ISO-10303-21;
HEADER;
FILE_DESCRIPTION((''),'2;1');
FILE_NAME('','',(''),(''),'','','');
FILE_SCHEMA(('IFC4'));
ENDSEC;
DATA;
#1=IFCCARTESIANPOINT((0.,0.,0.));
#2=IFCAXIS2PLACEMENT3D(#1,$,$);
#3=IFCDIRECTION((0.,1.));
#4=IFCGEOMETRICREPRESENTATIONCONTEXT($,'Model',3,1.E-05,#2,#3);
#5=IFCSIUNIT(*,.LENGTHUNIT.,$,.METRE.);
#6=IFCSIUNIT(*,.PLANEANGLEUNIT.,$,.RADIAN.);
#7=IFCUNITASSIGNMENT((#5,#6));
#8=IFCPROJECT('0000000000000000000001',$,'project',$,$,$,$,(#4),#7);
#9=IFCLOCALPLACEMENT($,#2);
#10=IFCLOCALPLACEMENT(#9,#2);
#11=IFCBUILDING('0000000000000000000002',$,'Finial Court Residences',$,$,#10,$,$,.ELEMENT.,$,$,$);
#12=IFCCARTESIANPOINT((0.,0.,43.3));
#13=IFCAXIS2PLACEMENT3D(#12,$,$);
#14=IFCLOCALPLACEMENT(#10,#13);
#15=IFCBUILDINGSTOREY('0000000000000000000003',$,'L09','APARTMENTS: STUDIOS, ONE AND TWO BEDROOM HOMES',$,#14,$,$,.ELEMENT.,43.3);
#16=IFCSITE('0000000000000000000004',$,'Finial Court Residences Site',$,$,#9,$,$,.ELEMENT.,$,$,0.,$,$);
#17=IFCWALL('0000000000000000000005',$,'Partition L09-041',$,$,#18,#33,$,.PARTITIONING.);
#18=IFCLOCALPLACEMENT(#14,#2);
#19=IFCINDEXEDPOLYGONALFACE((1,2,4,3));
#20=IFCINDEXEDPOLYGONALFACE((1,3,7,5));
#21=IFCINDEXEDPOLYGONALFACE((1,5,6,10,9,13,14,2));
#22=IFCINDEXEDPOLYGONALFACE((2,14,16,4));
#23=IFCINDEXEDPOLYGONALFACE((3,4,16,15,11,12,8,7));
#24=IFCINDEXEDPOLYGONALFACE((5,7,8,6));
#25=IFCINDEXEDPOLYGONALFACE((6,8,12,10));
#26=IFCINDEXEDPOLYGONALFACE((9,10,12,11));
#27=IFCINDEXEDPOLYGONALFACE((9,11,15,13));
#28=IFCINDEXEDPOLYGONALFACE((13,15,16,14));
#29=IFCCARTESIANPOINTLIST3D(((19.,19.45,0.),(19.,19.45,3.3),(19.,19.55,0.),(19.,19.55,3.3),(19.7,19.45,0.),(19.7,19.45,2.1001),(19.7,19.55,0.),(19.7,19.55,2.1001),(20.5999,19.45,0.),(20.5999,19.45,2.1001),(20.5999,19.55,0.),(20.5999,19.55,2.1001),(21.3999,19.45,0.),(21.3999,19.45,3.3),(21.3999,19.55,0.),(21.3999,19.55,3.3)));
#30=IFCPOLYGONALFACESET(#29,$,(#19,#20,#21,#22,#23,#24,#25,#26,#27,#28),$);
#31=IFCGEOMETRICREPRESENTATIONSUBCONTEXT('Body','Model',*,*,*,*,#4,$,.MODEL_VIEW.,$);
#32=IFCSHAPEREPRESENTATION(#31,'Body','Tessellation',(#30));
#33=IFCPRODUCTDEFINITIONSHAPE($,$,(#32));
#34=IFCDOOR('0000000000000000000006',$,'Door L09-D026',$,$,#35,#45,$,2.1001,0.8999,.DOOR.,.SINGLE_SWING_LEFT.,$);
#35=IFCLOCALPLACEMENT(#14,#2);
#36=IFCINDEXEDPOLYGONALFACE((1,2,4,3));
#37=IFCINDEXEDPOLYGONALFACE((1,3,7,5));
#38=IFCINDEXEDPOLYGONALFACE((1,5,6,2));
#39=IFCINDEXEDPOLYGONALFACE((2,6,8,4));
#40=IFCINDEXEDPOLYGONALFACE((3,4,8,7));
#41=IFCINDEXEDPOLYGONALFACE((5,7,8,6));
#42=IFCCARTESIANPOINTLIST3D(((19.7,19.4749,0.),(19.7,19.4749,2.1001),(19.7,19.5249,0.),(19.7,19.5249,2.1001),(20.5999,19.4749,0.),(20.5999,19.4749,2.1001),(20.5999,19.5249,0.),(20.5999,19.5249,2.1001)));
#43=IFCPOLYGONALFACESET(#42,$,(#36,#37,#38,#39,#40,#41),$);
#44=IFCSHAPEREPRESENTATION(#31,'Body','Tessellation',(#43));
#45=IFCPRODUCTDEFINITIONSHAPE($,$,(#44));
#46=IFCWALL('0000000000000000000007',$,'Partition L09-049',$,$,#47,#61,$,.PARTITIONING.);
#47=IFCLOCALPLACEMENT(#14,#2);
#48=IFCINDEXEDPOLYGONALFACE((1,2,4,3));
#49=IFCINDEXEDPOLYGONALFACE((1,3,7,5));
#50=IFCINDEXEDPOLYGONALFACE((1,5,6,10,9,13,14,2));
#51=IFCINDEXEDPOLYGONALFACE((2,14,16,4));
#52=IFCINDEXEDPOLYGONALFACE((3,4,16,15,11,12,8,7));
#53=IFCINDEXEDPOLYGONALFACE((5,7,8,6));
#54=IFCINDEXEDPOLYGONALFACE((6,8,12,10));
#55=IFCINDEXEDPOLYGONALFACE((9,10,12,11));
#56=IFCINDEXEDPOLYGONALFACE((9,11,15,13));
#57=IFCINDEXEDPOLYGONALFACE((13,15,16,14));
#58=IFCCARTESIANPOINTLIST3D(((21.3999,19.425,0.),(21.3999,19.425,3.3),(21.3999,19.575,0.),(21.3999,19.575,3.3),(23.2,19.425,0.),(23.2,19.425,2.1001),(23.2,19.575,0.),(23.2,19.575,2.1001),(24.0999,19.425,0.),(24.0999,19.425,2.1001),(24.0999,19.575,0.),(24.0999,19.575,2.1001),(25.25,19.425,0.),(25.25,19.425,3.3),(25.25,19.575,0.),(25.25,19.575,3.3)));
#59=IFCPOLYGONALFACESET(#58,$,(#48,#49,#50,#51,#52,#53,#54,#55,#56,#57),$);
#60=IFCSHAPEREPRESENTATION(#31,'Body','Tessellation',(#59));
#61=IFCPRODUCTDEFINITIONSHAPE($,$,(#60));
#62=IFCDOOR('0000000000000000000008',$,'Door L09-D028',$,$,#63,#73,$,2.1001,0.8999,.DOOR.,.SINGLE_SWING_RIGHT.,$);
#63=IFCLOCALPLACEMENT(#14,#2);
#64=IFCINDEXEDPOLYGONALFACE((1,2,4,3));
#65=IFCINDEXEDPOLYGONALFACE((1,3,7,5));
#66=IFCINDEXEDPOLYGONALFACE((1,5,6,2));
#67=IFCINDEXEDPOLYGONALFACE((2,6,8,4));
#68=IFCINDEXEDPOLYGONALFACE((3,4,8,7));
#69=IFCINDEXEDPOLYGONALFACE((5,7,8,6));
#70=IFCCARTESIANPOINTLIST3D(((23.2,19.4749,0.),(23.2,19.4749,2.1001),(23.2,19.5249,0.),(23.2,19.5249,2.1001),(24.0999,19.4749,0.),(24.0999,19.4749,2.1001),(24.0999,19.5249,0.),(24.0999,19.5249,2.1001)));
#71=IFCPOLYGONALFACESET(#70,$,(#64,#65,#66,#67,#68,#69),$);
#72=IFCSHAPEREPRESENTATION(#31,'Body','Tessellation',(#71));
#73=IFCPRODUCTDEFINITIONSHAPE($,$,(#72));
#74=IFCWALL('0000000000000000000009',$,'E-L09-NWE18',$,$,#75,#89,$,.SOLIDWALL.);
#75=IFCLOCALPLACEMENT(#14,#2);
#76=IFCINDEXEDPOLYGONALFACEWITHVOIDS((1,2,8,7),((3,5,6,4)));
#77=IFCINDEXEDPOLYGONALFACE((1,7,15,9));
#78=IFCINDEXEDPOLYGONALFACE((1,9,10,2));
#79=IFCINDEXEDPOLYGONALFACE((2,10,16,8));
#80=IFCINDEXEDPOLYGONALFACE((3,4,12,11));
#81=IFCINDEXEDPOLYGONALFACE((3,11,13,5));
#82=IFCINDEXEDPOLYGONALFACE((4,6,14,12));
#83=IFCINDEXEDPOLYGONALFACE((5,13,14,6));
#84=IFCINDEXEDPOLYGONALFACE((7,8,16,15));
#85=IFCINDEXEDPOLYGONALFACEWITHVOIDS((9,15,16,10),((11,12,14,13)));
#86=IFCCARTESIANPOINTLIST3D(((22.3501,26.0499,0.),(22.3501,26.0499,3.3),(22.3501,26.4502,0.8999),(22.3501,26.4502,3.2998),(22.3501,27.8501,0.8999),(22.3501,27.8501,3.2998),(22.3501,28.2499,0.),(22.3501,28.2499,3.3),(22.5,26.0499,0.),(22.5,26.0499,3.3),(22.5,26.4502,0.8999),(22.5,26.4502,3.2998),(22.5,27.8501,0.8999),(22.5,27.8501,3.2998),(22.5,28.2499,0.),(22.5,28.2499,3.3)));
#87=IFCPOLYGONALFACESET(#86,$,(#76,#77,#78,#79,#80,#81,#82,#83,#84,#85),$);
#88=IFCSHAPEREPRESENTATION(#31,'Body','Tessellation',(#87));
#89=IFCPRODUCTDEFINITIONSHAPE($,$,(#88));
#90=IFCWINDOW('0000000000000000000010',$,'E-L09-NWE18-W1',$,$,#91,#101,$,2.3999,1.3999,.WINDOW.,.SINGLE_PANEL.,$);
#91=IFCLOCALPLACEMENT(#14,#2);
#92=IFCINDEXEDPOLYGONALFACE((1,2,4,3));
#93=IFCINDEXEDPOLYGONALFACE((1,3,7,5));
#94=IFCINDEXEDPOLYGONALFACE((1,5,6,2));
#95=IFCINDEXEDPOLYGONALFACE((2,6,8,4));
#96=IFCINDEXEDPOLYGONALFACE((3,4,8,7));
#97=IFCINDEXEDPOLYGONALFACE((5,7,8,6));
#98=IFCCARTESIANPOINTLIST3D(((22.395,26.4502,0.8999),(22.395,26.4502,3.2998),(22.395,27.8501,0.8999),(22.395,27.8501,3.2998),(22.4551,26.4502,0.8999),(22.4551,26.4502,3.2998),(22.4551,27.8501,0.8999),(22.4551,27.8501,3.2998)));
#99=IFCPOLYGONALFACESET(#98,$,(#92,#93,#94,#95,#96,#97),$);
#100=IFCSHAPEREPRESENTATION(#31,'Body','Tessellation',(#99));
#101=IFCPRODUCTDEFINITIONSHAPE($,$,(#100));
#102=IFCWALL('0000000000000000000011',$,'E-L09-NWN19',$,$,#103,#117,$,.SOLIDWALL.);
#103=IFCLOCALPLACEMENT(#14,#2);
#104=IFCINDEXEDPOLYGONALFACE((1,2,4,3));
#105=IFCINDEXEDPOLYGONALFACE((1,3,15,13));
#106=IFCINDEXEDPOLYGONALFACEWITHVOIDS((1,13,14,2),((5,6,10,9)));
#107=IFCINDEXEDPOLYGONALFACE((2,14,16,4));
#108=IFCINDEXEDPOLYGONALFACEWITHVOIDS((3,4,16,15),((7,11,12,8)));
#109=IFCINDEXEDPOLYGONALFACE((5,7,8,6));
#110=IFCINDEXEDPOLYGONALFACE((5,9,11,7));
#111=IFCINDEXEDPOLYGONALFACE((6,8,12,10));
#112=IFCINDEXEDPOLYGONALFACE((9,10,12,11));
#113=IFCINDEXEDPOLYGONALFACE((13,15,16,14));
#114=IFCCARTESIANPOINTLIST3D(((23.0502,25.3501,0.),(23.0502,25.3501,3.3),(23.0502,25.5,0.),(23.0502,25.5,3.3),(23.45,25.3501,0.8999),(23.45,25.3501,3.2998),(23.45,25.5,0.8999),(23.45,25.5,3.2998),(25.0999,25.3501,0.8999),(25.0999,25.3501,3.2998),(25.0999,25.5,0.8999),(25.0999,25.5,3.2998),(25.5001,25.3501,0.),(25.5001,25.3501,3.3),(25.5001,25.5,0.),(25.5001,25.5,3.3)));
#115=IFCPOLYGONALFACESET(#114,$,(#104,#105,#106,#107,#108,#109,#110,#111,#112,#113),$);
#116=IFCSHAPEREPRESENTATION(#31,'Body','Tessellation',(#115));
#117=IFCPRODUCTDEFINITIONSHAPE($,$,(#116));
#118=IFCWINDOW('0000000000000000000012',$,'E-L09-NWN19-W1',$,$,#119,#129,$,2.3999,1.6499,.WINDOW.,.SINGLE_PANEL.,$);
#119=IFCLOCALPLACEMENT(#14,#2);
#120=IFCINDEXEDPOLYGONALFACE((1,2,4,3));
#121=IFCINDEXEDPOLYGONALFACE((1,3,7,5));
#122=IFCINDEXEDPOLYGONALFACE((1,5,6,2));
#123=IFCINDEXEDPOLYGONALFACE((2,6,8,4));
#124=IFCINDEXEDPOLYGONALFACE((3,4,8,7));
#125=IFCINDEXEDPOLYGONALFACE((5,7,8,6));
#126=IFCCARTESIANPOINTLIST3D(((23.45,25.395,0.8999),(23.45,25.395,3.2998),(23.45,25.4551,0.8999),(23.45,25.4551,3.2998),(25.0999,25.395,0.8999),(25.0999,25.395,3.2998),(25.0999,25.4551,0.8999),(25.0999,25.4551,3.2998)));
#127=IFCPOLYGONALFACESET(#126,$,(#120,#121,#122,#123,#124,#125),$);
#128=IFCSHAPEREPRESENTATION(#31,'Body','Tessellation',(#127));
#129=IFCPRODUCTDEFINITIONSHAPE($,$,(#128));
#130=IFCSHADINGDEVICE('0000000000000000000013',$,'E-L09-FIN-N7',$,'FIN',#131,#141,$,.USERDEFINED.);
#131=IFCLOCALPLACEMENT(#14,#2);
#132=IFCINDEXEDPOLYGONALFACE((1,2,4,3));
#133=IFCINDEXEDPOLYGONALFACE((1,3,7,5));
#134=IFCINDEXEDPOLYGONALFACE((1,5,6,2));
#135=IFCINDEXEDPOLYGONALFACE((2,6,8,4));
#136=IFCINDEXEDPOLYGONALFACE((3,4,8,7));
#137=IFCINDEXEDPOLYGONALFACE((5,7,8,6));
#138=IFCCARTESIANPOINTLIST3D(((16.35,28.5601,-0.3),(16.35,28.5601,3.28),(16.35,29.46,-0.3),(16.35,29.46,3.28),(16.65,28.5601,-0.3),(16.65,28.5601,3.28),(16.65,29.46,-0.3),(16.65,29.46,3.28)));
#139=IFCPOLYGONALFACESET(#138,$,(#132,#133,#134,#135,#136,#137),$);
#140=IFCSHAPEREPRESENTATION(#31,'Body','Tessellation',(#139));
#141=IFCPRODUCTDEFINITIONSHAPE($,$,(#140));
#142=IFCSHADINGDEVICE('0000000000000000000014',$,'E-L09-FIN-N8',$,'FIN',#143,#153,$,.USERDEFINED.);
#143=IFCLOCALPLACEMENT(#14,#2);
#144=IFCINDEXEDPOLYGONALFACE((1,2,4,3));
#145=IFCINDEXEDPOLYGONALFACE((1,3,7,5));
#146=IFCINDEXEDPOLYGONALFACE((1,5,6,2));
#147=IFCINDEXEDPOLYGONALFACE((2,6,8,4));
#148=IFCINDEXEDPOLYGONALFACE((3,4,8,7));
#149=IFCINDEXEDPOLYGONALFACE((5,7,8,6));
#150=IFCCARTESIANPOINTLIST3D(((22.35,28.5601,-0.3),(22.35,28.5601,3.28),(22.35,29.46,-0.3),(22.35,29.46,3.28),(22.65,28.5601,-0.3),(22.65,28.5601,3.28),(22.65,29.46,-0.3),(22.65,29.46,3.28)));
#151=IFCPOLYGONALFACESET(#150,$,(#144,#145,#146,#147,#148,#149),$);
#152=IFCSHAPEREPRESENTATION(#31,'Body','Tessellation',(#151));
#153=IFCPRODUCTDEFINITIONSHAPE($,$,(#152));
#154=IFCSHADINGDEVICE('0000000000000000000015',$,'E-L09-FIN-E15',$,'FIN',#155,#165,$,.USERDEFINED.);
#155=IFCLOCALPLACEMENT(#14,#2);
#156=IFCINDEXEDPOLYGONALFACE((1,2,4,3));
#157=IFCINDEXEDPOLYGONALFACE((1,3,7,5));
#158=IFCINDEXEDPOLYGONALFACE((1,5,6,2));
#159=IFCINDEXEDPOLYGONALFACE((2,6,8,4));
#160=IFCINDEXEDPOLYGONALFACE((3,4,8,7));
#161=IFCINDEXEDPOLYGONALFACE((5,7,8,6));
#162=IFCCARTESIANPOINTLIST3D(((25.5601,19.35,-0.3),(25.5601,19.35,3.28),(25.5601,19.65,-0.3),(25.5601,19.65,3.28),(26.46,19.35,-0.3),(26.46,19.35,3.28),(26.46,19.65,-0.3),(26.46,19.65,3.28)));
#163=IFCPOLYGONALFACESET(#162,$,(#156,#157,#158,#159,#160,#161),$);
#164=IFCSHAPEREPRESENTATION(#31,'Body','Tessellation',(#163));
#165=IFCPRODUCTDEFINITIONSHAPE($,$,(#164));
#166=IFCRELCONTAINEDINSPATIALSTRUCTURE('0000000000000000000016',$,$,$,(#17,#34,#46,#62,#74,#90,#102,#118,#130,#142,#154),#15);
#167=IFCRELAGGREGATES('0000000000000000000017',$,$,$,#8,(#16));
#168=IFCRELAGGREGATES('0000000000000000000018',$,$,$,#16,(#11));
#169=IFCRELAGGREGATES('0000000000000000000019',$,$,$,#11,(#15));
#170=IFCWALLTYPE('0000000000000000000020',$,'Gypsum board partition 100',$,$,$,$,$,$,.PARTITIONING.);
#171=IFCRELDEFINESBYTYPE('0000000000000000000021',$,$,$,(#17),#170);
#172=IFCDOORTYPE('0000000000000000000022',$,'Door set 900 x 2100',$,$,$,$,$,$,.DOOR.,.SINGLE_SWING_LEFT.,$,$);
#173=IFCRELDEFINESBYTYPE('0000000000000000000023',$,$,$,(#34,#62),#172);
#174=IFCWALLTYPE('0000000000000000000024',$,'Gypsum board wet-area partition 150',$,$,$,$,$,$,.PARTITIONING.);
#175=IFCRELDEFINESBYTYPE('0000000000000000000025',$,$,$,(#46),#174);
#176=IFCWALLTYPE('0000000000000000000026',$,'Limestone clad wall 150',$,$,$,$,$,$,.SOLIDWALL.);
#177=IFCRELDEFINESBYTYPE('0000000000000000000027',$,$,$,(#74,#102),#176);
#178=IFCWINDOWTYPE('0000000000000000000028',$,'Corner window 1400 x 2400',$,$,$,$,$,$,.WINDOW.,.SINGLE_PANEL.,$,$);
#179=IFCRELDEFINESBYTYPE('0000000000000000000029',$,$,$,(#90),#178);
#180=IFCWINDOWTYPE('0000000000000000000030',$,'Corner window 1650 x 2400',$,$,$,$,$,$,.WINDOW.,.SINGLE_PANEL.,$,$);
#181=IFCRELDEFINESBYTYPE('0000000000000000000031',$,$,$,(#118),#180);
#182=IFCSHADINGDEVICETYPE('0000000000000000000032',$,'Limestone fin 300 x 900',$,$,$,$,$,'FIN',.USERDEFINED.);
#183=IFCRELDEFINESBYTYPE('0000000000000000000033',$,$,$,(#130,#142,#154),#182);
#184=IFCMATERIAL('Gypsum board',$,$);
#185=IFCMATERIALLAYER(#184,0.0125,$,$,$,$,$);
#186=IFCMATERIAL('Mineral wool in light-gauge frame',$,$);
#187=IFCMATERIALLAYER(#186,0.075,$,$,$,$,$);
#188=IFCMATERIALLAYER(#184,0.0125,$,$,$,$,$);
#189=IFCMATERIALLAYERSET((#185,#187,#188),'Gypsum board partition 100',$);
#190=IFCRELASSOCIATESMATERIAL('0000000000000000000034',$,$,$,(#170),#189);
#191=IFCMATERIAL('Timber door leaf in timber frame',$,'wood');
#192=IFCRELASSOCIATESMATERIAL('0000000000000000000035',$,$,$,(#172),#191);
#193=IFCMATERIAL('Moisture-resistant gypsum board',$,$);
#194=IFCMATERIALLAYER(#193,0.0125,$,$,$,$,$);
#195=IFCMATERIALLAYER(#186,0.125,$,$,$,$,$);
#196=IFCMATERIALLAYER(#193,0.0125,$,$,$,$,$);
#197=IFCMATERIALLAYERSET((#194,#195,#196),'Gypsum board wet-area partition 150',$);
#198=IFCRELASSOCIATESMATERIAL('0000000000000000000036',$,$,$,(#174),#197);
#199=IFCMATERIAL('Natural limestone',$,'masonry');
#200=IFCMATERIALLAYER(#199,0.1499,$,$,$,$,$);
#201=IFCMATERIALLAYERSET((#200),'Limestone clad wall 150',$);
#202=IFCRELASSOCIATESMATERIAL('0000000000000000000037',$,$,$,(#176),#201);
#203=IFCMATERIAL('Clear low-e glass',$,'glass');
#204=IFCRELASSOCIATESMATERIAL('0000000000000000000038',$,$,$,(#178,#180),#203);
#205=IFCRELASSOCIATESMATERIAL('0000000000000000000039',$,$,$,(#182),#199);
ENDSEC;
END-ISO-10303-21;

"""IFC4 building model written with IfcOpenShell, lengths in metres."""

from ifc_helpers import new_model, si_unit, direction, frame, frame_2d, origin, origin_2d, place, context, subcontext, project, spatial, rectangle, extrude, material, layer, layer_set, type_object, element, fill, save


model = new_model("IFC4")

# Units and contexts
model_context = context("Model", 3, precision=1e-05, world=origin(), true_north=direction((0.0, 1.0)))
body_context = subcontext(model_context, "Body", "Model", "MODEL_VIEW")
ifc_project = project(units=[si_unit("LENGTHUNIT", "METRE"), si_unit("PLANEANGLEUNIT", "RADIAN")], contexts=[model_context])

# Site, building, storey
site_placement = place(None, origin())
site = spatial("IfcSite", under=ifc_project, at=site_placement, Name="Finial Court Residences Site", CompositionType="ELEMENT", RefElevation=0.0)
building_placement = place(site_placement, origin())
building = spatial("IfcBuilding", under=site, at=building_placement, Name="Finial Court Residences", CompositionType="ELEMENT")
storey_placement = place(building_placement, frame((0.0, 0.0, 43.3)))
storey = spatial("IfcBuildingStorey", under=building, at=storey_placement, Name="L09", Description="APARTMENTS: STUDIOS, ONE AND TWO BEDROOM HOMES", CompositionType="ELEMENT", Elevation=43.3)

# Shared definitions
ifc_material_1 = material(Name="Clear low-e glass", Category="glass")

# Shared definitions
ifc_material_2 = material(Name="Gypsum board")

# Walls, openings, doors
ifc_layer_1 = layer(ifc_material_2, 0.0125)
ifc_material_3 = material(Name="Mineral wool in light-gauge frame")
ifc_layer_2 = layer(ifc_material_3, 0.075)
ifc_layer_3 = layer(ifc_material_2, 0.0125)
ifc_layer_set_1 = layer_set([ifc_layer_1, ifc_layer_2, ifc_layer_3], Name="Gypsum board partition 100")
wall_type_1 = type_object("IfcWallType", Name="Gypsum board partition 100", PredefinedType="PARTITIONING", material=ifc_layer_set_1)
wall_1_placement = place(storey_placement, frame((19.0, 19.5, 0.0), z_axis=(0.0, 0.0, 1.0), x_axis=(1.0, 0.0, 0.0)))
wall_1 = element("IfcWall", 1, at=wall_1_placement, inside=storey, type_object=wall_type_1, Name="Partition L09-041", PredefinedType="PARTITIONING", context=body_context, shape_type="SweptSolid", body=[
    extrude(rectangle(XDim=2.3999, YDim=0.1001, at=frame_2d((1.2, 0.0))), origin(), (0.0, 0.0, 1.0), 3.3),
])
opening_1_placement = place(wall_1_placement, frame((0.7, 0.0, 0.0)))
opening_1 = element("IfcOpeningElement", 2, at=opening_1_placement, cuts=wall_1, PredefinedType="OPENING", context=body_context, shape_type="SweptSolid", body=[
    extrude(rectangle(XDim=0.8999, YDim=2.1001, at=frame_2d((0.45, 1.05))), frame((0.0, 0.0601, 0.0), z_axis=(0.0, -1.0, 0.0), x_axis=(1.0, 0.0, 0.0)), (0.0, 0.0, 1.0), 0.1201),
])
ifc_material_4 = material(Name="Timber door leaf in timber frame", Category="wood")
door_type = type_object("IfcDoorType", Name="Door set 900 x 2100", OperationType="SINGLE_SWING_LEFT", PredefinedType="DOOR", material=ifc_material_4)
door_1_placement = place(opening_1_placement, origin())
door_1 = element("IfcDoor", 3, at=door_1_placement, inside=storey, type_object=door_type, Name="Door L09-D026", OperationType="SINGLE_SWING_LEFT", OverallHeight=2.1001, OverallWidth=0.8999, PredefinedType="DOOR", context=body_context, shape_type="SweptSolid", body=[
    extrude(rectangle(XDim=0.8999, YDim=2.1001, at=frame_2d((0.45, 1.05))), frame((0.0, 0.0249, 0.0), z_axis=(0.0, -1.0, 0.0), x_axis=(1.0, 0.0, 0.0)), (0.0, 0.0, 1.0), 0.05),
])
fill(opening_1, door_1)
ifc_material_5 = material(Name="Moisture-resistant gypsum board")
ifc_layer_4 = layer(ifc_material_5, 0.0125)
ifc_layer_5 = layer(ifc_material_3, 0.125)
ifc_layer_6 = layer(ifc_material_5, 0.0125)
ifc_layer_set_2 = layer_set([ifc_layer_4, ifc_layer_5, ifc_layer_6], Name="Gypsum board wet-area partition 150")
wall_type_2 = type_object("IfcWallType", Name="Gypsum board wet-area partition 150", PredefinedType="PARTITIONING", material=ifc_layer_set_2)
wall_2_placement = place(storey_placement, frame((21.3999, 19.5, 0.0), z_axis=(0.0, 0.0, 1.0), x_axis=(1.0, 0.0, 0.0)))
wall_2 = element("IfcWall", 4, at=wall_2_placement, inside=storey, type_object=wall_type_2, Name="Partition L09-049", PredefinedType="PARTITIONING", context=body_context, shape_type="SweptSolid", body=[
    extrude(rectangle(XDim=3.8501, YDim=0.1499, at=frame_2d((1.925, 0.0))), origin(), (0.0, 0.0, 1.0), 3.3),
])
opening_2_placement = place(wall_2_placement, frame((1.8, 0.0, 0.0)))
opening_2 = element("IfcOpeningElement", 5, at=opening_2_placement, cuts=wall_2, PredefinedType="OPENING", context=body_context, shape_type="SweptSolid", body=[
    extrude(rectangle(XDim=0.8999, YDim=2.1001, at=frame_2d((0.45, 1.05))), frame((0.0, 0.085, 0.0), z_axis=(0.0, -1.0, 0.0), x_axis=(1.0, 0.0, 0.0)), (0.0, 0.0, 1.0), 0.1699),
])
door_2_placement = place(opening_2_placement, origin())
door_2 = element("IfcDoor", 6, at=door_2_placement, inside=storey, type_object=door_type, Name="Door L09-D028", OperationType="SINGLE_SWING_RIGHT", OverallHeight=2.1001, OverallWidth=0.8999, PredefinedType="DOOR", context=body_context, shape_type="SweptSolid", body=[
    extrude(rectangle(XDim=0.8999, YDim=2.1001, at=frame_2d((0.45, 1.05))), frame((0.0, 0.0249, 0.0), z_axis=(0.0, -1.0, 0.0), x_axis=(1.0, 0.0, 0.0)), (0.0, 0.0, 1.0), 0.05),
])
fill(opening_2, door_2)

# Walls, openings, windows
ifc_material_6 = material(Name="Natural limestone", Category="masonry")
ifc_layer_7 = layer(ifc_material_6, 0.1499)
ifc_layer_set_3 = layer_set([ifc_layer_7], Name="Limestone clad wall 150")
wall_type_3 = type_object("IfcWallType", Name="Limestone clad wall 150", PredefinedType="SOLIDWALL", material=ifc_layer_set_3)
wall_3_placement = place(storey_placement, frame((22.425, 28.25, 0.0), z_axis=(0.0, 0.0, 1.0), x_axis=(0.0, -1.0, 0.0)))
wall_3 = element("IfcWall", 7, at=wall_3_placement, inside=storey, type_object=wall_type_3, Name="E-L09-NWE18", PredefinedType="SOLIDWALL", context=body_context, shape_type="SweptSolid", body=[
    extrude(rectangle(XDim=2.2, YDim=0.1499, at=frame_2d((1.1001, 0.0))), origin(), (0.0, 0.0, 1.0), 3.3),
])
opening_3_placement = place(wall_3_placement, frame((0.3999, 0.0, 0.8999)))
opening_3 = element("IfcOpeningElement", 8, at=opening_3_placement, cuts=wall_3, PredefinedType="OPENING", context=body_context, shape_type="SweptSolid", body=[
    extrude(rectangle(XDim=1.3999, YDim=2.3999, at=frame_2d((0.7, 1.2))), frame((0.0, 0.085, 0.0), z_axis=(0.0, -1.0, 0.0), x_axis=(1.0, 0.0, 0.0)), (0.0, 0.0, 1.0), 0.1699),
])
window_type_1 = type_object("IfcWindowType", Name="Corner window 1400 x 2400", PartitioningType="SINGLE_PANEL", PredefinedType="WINDOW", material=ifc_material_1)
window_1_placement = place(opening_3_placement, origin())
window_1 = element("IfcWindow", 9, at=window_1_placement, inside=storey, type_object=window_type_1, Name="E-L09-NWE18-W1", OverallHeight=2.3999, OverallWidth=1.3999, PartitioningType="SINGLE_PANEL", PredefinedType="WINDOW", context=body_context, shape_type="SweptSolid", body=[
    extrude(rectangle(XDim=1.3999, YDim=2.3999, at=frame_2d((0.7, 1.2))), frame((0.0, 0.03, 0.0), z_axis=(0.0, -1.0, 0.0), x_axis=(1.0, 0.0, 0.0)), (0.0, 0.0, 1.0), 0.0601),
])
fill(opening_3, window_1)
wall_4_placement = place(storey_placement, frame((23.05, 25.425, 0.0), z_axis=(0.0, 0.0, 1.0), x_axis=(1.0, 0.0, 0.0)))
wall_4 = element("IfcWall", 10, at=wall_4_placement, inside=storey, type_object=wall_type_3, Name="E-L09-NWN19", PredefinedType="SOLIDWALL", context=body_context, shape_type="SweptSolid", body=[
    extrude(rectangle(XDim=2.45, YDim=0.1499, at=frame_2d((1.2251, 0.0))), origin(), (0.0, 0.0, 1.0), 3.3),
])
opening_4_placement = place(wall_4_placement, frame((0.3999, 0.0, 0.8999)))
opening_4 = element("IfcOpeningElement", 11, at=opening_4_placement, cuts=wall_4, PredefinedType="OPENING", context=body_context, shape_type="SweptSolid", body=[
    extrude(rectangle(XDim=1.6499, YDim=2.3999, at=frame_2d((0.825, 1.2))), frame((0.0, 0.085, 0.0), z_axis=(0.0, -1.0, 0.0), x_axis=(1.0, 0.0, 0.0)), (0.0, 0.0, 1.0), 0.1699),
])
window_type_2 = type_object("IfcWindowType", Name="Corner window 1650 x 2400", PartitioningType="SINGLE_PANEL", PredefinedType="WINDOW", material=ifc_material_1)
window_2_placement = place(opening_4_placement, origin())
window_2 = element("IfcWindow", 12, at=window_2_placement, inside=storey, type_object=window_type_2, Name="E-L09-NWN19-W1", OverallHeight=2.3999, OverallWidth=1.6499, PartitioningType="SINGLE_PANEL", PredefinedType="WINDOW", context=body_context, shape_type="SweptSolid", body=[
    extrude(rectangle(XDim=1.6499, YDim=2.3999, at=frame_2d((0.825, 1.2))), frame((0.0, 0.03, 0.0), z_axis=(0.0, -1.0, 0.0), x_axis=(1.0, 0.0, 0.0)), (0.0, 0.0, 1.0), 0.0601),
])
fill(opening_4, window_2)

# Shading devices
shading_device_type = type_object("IfcShadingDeviceType", Name="Limestone fin 300 x 900", ElementType="FIN", PredefinedType="USERDEFINED", material=ifc_material_6)
for number, where, z_axis, x_axis, name in (
    (13, (16.5, 29.01, -0.3), (0.0, 0.0, 1.0), (1.0, 0.0, 0.0), "E-L09-FIN-N7"),
    (14, (22.5, 29.01, -0.3), (0.0, 0.0, 1.0), (1.0, 0.0, 0.0), "E-L09-FIN-N8"),
):
    element("IfcShadingDevice", number, at=place(storey_placement, frame(where, z_axis=z_axis, x_axis=x_axis)), inside=storey, type_object=shading_device_type, Name=name, ObjectType="FIN", PredefinedType="USERDEFINED", context=body_context, shape_type="SweptSolid", body=[
        extrude(rectangle(XDim=0.3, YDim=0.8999, at=origin_2d()), origin(), (0.0, 0.0, 1.0), 3.5801),
    ])
for number, where, z_axis, x_axis, name in (
    (15, (26.01, 19.5, -0.3), (0.0, 0.0, 1.0), (1.0, 0.0, 0.0), "E-L09-FIN-E15"),
):
    element("IfcShadingDevice", number, at=place(storey_placement, frame(where, z_axis=z_axis, x_axis=x_axis)), inside=storey, type_object=shading_device_type, Name=name, ObjectType="FIN", PredefinedType="USERDEFINED", context=body_context, shape_type="SweptSolid", body=[
        extrude(rectangle(XDim=0.8999, YDim=0.3, at=origin_2d()), origin(), (0.0, 0.0, 1.0), 3.5801),
    ])

save(model, "model.ifc")
